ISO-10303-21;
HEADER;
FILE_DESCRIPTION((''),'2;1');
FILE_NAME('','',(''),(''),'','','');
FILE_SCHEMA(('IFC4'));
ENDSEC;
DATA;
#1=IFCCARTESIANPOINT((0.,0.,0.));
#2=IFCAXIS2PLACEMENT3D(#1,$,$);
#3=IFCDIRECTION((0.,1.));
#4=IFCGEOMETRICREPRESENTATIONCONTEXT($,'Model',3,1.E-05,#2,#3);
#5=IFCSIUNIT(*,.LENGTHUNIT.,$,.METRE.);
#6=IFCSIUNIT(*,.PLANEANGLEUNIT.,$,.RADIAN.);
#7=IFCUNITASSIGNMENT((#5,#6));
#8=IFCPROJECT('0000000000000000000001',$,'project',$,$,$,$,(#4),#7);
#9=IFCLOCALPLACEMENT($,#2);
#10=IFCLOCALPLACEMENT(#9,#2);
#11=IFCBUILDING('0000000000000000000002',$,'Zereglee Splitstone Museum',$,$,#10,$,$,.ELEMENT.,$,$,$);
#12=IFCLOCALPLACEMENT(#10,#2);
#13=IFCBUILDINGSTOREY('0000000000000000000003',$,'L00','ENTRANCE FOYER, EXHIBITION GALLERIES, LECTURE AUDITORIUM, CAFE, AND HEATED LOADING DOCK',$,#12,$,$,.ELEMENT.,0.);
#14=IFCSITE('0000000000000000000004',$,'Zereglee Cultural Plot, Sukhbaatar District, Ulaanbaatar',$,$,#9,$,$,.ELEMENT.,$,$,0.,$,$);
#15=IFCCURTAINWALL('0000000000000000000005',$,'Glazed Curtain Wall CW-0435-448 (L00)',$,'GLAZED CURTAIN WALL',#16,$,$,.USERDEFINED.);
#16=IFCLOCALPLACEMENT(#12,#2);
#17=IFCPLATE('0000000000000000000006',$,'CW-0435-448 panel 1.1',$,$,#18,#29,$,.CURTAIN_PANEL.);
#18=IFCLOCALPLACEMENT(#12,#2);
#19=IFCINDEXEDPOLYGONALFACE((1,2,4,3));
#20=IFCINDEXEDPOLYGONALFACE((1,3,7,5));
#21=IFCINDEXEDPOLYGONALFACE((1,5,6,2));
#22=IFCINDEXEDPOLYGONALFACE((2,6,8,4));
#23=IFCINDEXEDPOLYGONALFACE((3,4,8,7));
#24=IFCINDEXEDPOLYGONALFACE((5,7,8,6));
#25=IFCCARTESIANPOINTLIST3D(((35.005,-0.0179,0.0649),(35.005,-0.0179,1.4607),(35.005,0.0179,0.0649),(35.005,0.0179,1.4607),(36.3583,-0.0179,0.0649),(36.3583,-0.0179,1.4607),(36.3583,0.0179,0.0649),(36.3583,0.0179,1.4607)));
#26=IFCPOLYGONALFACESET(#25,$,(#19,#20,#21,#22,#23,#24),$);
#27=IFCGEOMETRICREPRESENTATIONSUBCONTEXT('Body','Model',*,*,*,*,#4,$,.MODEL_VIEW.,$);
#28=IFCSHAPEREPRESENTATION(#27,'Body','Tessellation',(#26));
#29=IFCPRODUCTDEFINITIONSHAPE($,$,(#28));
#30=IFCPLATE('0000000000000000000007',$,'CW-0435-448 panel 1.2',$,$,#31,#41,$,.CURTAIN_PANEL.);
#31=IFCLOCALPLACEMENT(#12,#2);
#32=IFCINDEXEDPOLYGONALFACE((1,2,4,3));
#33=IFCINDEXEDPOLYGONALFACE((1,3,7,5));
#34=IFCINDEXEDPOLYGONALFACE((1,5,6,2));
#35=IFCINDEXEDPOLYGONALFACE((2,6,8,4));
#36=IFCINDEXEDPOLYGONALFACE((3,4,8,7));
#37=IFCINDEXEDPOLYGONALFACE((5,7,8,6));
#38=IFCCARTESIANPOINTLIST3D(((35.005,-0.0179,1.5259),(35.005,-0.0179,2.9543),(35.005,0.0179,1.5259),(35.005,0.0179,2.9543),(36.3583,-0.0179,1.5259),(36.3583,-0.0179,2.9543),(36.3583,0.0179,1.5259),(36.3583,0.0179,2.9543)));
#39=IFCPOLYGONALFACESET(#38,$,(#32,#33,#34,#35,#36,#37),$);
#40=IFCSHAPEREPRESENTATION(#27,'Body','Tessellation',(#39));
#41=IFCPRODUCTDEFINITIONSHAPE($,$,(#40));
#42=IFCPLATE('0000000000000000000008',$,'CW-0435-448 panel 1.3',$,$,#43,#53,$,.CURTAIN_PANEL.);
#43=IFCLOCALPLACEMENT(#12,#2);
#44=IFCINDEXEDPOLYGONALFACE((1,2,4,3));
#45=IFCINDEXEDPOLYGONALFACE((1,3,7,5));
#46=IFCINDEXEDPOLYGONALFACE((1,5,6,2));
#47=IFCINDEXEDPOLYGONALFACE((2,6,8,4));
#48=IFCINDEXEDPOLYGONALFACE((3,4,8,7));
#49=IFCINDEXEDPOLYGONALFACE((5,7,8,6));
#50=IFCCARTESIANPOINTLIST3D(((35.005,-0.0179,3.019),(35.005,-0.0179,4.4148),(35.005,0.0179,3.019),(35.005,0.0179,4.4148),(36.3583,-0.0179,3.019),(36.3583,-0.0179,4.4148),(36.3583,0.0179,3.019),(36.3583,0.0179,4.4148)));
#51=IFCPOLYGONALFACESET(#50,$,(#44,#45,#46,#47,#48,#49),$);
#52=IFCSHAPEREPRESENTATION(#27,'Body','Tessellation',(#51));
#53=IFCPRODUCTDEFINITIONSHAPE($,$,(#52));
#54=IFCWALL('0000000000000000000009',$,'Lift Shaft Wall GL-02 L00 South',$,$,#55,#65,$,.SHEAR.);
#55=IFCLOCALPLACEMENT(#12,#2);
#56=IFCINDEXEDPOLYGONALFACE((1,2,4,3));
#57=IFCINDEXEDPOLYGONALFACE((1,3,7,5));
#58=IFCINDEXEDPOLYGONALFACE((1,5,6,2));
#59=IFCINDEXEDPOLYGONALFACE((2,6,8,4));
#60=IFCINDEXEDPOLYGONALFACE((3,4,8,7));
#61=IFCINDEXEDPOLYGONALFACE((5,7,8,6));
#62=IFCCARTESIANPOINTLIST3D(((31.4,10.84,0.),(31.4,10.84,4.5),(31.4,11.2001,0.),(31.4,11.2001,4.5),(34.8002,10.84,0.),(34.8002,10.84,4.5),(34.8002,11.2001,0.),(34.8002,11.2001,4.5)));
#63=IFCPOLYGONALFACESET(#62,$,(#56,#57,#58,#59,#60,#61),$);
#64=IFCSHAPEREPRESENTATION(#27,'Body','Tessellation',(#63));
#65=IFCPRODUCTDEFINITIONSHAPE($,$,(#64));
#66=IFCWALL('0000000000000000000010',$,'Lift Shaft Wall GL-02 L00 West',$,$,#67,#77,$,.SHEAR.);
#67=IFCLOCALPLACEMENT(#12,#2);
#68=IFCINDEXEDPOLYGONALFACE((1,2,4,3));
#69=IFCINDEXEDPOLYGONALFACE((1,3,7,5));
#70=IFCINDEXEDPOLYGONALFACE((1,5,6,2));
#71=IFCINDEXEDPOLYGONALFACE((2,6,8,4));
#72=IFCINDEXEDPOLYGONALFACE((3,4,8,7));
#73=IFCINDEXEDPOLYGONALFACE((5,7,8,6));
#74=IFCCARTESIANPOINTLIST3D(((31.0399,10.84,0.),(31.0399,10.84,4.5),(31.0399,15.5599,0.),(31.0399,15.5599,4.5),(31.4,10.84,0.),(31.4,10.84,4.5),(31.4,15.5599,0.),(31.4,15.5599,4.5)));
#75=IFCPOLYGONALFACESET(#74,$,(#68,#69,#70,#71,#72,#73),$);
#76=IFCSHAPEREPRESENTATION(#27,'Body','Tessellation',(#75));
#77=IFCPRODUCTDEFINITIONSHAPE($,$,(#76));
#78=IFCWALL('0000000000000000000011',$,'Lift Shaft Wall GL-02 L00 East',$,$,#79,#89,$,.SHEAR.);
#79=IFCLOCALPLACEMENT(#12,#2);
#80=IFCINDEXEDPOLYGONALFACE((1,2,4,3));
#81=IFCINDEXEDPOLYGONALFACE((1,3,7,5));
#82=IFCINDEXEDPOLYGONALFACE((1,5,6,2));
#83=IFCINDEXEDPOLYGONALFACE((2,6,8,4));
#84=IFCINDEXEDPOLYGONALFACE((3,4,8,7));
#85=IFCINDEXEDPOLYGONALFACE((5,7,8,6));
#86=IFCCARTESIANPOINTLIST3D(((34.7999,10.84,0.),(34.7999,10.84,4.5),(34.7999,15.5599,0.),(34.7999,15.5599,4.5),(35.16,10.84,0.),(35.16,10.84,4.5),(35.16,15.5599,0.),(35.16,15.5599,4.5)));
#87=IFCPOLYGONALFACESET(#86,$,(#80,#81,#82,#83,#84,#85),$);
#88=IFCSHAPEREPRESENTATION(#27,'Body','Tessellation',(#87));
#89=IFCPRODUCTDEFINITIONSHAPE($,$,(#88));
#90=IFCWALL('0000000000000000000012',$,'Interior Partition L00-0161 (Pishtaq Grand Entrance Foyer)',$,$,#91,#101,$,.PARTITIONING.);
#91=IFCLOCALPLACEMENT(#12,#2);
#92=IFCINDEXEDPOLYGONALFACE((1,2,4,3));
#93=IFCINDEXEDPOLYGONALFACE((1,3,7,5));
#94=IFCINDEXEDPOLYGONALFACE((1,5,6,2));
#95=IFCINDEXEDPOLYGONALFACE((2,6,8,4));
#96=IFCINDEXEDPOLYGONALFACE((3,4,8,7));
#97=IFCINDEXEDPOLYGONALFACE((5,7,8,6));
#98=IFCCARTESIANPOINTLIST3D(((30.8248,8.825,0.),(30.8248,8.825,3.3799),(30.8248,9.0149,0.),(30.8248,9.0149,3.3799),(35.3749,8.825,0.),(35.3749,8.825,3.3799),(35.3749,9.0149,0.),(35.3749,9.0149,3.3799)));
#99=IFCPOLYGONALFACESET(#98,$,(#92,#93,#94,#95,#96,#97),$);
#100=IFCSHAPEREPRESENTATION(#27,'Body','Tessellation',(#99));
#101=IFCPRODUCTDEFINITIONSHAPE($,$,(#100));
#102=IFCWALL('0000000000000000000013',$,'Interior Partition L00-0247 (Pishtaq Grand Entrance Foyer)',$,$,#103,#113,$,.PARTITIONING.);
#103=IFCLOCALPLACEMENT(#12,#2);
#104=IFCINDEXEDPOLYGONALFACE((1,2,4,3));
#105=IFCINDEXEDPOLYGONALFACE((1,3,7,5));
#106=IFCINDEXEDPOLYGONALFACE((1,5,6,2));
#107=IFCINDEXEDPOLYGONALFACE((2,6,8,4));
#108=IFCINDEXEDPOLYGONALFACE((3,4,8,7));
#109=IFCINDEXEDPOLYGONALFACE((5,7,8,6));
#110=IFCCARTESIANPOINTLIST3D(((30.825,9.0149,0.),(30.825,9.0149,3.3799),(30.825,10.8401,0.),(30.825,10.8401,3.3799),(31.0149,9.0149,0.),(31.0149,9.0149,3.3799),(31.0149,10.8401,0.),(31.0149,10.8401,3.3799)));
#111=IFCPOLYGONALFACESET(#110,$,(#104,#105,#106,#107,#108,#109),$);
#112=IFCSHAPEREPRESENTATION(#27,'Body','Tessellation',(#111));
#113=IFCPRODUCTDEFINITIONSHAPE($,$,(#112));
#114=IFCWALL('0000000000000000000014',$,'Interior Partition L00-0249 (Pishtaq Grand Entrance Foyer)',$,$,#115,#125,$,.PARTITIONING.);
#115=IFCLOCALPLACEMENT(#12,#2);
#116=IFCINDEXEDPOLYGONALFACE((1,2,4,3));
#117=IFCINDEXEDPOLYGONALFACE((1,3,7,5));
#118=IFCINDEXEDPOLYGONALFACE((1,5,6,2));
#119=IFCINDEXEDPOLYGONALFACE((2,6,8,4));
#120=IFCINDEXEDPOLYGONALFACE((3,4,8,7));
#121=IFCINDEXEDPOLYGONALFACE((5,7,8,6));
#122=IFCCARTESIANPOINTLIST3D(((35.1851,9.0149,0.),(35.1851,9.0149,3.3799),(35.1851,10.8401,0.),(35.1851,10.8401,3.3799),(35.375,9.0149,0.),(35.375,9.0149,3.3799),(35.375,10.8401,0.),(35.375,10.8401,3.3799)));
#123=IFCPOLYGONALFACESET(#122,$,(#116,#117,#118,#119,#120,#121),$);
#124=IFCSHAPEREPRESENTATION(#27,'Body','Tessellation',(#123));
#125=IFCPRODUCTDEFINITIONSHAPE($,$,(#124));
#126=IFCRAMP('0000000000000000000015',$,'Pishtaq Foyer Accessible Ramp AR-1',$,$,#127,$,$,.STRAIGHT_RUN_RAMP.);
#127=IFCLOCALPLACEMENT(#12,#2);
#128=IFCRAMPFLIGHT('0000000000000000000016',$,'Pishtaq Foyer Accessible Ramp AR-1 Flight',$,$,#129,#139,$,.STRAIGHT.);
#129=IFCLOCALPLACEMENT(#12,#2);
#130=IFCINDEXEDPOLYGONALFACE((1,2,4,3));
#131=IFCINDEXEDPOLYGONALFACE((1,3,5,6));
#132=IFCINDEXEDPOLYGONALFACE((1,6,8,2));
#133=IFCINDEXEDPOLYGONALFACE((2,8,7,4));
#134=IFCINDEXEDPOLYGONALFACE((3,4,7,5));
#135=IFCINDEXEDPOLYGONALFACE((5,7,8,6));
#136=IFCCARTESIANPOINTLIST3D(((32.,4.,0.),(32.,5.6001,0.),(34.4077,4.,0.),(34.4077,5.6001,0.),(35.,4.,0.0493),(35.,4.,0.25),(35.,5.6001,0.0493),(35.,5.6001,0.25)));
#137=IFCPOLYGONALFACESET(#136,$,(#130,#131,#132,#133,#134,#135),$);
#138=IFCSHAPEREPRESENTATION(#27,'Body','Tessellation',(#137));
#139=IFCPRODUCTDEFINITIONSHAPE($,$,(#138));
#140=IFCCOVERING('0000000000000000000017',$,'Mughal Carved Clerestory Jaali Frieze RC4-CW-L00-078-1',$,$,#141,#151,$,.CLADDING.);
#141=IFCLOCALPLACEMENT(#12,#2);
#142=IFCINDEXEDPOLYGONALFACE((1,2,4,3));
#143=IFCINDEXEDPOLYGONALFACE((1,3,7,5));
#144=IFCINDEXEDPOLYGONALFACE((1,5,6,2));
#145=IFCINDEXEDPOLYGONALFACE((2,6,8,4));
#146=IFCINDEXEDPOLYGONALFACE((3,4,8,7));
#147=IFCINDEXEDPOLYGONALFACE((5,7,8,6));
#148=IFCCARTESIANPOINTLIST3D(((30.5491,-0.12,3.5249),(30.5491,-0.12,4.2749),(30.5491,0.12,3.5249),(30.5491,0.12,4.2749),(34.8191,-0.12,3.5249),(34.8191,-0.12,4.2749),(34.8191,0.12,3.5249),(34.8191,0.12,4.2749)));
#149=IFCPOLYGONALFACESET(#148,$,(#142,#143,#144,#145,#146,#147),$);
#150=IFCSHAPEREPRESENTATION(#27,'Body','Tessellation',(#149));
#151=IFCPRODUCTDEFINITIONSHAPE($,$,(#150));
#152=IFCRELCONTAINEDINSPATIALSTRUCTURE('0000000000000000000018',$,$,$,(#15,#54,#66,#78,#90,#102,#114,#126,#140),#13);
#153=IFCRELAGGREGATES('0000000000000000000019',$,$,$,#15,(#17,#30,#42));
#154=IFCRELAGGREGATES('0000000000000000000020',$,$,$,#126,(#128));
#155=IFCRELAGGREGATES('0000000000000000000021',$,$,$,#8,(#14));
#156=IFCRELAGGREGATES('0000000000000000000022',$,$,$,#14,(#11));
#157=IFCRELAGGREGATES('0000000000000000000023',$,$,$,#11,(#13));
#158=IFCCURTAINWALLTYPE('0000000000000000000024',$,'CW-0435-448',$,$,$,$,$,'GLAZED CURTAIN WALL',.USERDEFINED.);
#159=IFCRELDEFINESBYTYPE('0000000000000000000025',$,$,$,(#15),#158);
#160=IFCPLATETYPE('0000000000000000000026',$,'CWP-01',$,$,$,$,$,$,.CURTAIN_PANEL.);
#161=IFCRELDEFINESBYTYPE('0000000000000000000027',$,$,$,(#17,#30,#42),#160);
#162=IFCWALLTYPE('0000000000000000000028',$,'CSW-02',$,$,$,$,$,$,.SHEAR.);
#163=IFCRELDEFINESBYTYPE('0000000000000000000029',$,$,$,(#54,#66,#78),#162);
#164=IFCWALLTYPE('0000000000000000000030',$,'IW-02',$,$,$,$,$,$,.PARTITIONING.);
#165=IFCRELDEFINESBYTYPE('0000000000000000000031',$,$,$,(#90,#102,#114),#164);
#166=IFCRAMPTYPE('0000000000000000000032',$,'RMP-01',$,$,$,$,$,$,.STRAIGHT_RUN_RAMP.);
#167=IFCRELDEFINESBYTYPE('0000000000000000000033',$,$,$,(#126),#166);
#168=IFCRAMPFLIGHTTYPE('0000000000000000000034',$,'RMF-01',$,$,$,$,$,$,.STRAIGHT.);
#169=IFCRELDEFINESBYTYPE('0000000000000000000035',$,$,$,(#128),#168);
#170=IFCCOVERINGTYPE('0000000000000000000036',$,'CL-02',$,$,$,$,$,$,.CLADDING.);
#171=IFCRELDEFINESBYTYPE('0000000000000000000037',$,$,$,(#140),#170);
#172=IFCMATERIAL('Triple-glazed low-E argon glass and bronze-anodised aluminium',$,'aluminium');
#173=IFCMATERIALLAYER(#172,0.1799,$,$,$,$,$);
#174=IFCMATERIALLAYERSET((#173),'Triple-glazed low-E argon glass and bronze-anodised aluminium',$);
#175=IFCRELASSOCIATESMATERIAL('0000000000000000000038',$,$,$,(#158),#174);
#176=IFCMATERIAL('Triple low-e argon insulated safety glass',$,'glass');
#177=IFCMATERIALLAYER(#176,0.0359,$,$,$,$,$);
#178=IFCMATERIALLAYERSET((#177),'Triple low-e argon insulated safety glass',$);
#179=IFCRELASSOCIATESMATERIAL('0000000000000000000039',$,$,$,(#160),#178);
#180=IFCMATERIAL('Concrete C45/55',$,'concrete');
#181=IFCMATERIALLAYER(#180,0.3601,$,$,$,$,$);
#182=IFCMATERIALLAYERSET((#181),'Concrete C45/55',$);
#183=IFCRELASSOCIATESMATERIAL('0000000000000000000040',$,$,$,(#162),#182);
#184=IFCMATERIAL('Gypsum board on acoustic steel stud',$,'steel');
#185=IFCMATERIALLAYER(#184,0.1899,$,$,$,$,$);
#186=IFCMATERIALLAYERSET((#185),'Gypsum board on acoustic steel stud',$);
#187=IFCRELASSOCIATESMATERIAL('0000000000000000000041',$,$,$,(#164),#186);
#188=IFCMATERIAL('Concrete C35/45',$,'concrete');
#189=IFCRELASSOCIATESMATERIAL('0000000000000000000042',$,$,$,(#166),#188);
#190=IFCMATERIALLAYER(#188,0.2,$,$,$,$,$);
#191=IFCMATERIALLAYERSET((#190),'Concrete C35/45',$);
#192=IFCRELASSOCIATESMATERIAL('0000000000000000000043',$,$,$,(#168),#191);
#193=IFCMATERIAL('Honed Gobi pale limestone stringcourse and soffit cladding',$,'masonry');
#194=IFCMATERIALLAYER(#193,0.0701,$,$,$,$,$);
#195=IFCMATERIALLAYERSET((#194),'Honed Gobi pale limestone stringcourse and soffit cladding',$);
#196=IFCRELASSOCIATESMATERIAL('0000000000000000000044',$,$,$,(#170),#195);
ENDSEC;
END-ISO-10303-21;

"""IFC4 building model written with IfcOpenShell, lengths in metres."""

from ifc_helpers import new_model, si_unit, direction, frame, frame_2d, origin, origin_2d, place, context, subcontext, project, spatial, polyline, rectangle, outline, extrude, material, layer, layer_set, type_object, element, aggregate, save


model = new_model("IFC4")

# Units and contexts
model_context = context("Model", 3, precision=1e-05, world=origin(), true_north=direction((0.0, 1.0)))
body_context = subcontext(model_context, "Body", "Model", "MODEL_VIEW")
ifc_project = project(units=[si_unit("LENGTHUNIT", "METRE"), si_unit("PLANEANGLEUNIT", "RADIAN")], contexts=[model_context])

# Site, building, storey
site_placement = place(None, origin())
site = spatial("IfcSite", under=ifc_project, at=site_placement, Name="Zereglee Cultural Plot, Sukhbaatar District, Ulaanbaatar", CompositionType="ELEMENT", RefElevation=0.0)
building_placement = place(site_placement, origin())
building = spatial("IfcBuilding", under=site, at=building_placement, Name="Zereglee Splitstone Museum", CompositionType="ELEMENT")
storey_placement = place(building_placement, origin())
storey = spatial("IfcBuildingStorey", under=building, at=storey_placement, Name="L00", Description="ENTRANCE FOYER, EXHIBITION GALLERIES, LECTURE AUDITORIUM, CAFE, AND HEATED LOADING DOCK", CompositionType="ELEMENT", Elevation=0.0)

# Shared definitions
ifc_material_1 = material(Name="Triple-glazed low-E argon glass and bronze-anodised aluminium", Category="aluminium")

# Curtain wall
ifc_layer_1 = layer(ifc_material_1, 0.1799)
ifc_layer_set_1 = layer_set([ifc_layer_1], Name="Triple-glazed low-E argon glass and bronze-anodised aluminium")
curtain_wall_type_1 = type_object("IfcCurtainWallType", Name="CW-0435-448", ElementType="GLAZED CURTAIN WALL", PredefinedType="USERDEFINED", material=ifc_layer_set_1)
curtain_wall_1_placement = place(storey_placement, origin())
curtain_wall_1 = element("IfcCurtainWall", 1, at=curtain_wall_1_placement, inside=storey, type_object=curtain_wall_type_1, Name="Glazed Curtain Wall CW-0435-448 (L00)", ObjectType="GLAZED CURTAIN WALL", PredefinedType="USERDEFINED")

# Plates
ifc_material_2 = material(Name="Triple low-e argon insulated safety glass", Category="glass")
ifc_layer_2 = layer(ifc_material_2, 0.0359)
ifc_layer_set_2 = layer_set([ifc_layer_2], Name="Triple low-e argon insulated safety glass")
plate_type = type_object("IfcPlateType", Name="CWP-01", PredefinedType="CURTAIN_PANEL", material=ifc_layer_set_2)
plate_1_placement = place(storey_placement, frame((35.6816, 0.0, 0.0649), z_axis=(0.0, 0.0, 1.0), x_axis=(1.0, 0.0, 0.0)))
plate_1 = element("IfcPlate", 2, at=plate_1_placement, type_object=plate_type, Name="CW-0435-448 panel 1.1", PredefinedType="CURTAIN_PANEL", context=body_context, shape_type="SweptSolid", body=[
    extrude(rectangle(XDim=1.3533, YDim=0.0359, at=origin_2d()), origin(), (0.0, 0.0, 1.0), 1.3958),
])
plate_2_placement = place(storey_placement, frame((35.6816, 0.0, 1.5259), z_axis=(0.0, 0.0, 1.0), x_axis=(1.0, 0.0, 0.0)))
plate_2 = element("IfcPlate", 3, at=plate_2_placement, type_object=plate_type, Name="CW-0435-448 panel 1.2", PredefinedType="CURTAIN_PANEL", context=body_context, shape_type="SweptSolid", body=[
    extrude(rectangle(XDim=1.3533, YDim=0.0359, at=origin_2d()), origin(), (0.0, 0.0, 1.0), 1.4285),
])
plate_3_placement = place(storey_placement, frame((35.6816, 0.0, 3.019), z_axis=(0.0, 0.0, 1.0), x_axis=(1.0, 0.0, 0.0)))
plate_3 = element("IfcPlate", 4, at=plate_3_placement, type_object=plate_type, Name="CW-0435-448 panel 1.3", PredefinedType="CURTAIN_PANEL", context=body_context, shape_type="SweptSolid", body=[
    extrude(rectangle(XDim=1.3533, YDim=0.0359, at=origin_2d()), origin(), (0.0, 0.0, 1.0), 1.3958),
])
aggregate(curtain_wall_1, [plate_1, plate_2, plate_3])

# Walls
ifc_material_3 = material(Name="Concrete C45/55", Category="concrete")
ifc_layer_3 = layer(ifc_material_3, 0.3601)
ifc_layer_set_3 = layer_set([ifc_layer_3], Name="Concrete C45/55")
wall_type_1 = type_object("IfcWallType", Name="CSW-02", PredefinedType="SHEAR", material=ifc_layer_set_3)
wall_1_placement = place(storey_placement, frame((31.3999, 11.02, 0.0), z_axis=(0.0, 0.0, 1.0), x_axis=(1.0, 0.0, 0.0)))
element("IfcWall", 5, at=wall_1_placement, inside=storey, type_object=wall_type_1, Name="Lift Shaft Wall GL-02 L00 South", PredefinedType="SHEAR", context=body_context, shape_type="SweptSolid", body=[
    extrude(rectangle(XDim=3.4001, YDim=0.3601, at=frame_2d((1.7002, 0.0))), origin(), (0.0, 0.0, 1.0), 4.5),
])
for number, where, z_axis, x_axis, name in (
    (6, (31.22, 10.8401, 0.0), (0.0, 0.0, 1.0), (0.0, 1.0, 0.0), "Lift Shaft Wall GL-02 L00 West"),
    (7, (34.98, 10.8401, 0.0), (0.0, 0.0, 1.0), (0.0, 1.0, 0.0), "Lift Shaft Wall GL-02 L00 East"),
):
    element("IfcWall", number, at=place(storey_placement, frame(where, z_axis=z_axis, x_axis=x_axis)), inside=storey, type_object=wall_type_1, Name=name, PredefinedType="SHEAR", context=body_context, shape_type="SweptSolid", body=[
        extrude(rectangle(XDim=4.72, YDim=0.3601, at=frame_2d((2.3599, 0.0))), origin(), (0.0, 0.0, 1.0), 4.5),
    ])
ifc_material_4 = material(Name="Gypsum board on acoustic steel stud", Category="steel")
ifc_layer_4 = layer(ifc_material_4, 0.1899)
ifc_layer_set_4 = layer_set([ifc_layer_4], Name="Gypsum board on acoustic steel stud")
wall_type_2 = type_object("IfcWallType", Name="IW-02", PredefinedType="PARTITIONING", material=ifc_layer_set_4)
wall_2_placement = place(storey_placement, frame((30.825, 8.9199, 0.0), z_axis=(0.0, 0.0, 1.0), x_axis=(1.0, 0.0, 0.0)))
element("IfcWall", 8, at=wall_2_placement, inside=storey, type_object=wall_type_2, Name="Interior Partition L00-0161 (Pishtaq Grand Entrance Foyer)", PredefinedType="PARTITIONING", context=body_context, shape_type="SweptSolid", body=[
    extrude(rectangle(XDim=4.55, YDim=0.1899, at=frame_2d((2.2749, 0.0))), origin(), (0.0, 0.0, 1.0), 3.3799),
])
for number, where, z_axis, x_axis, name in (
    (9, (30.9199, 9.0149, 0.0), (0.0, 0.0, 1.0), (0.0, 1.0, 0.0), "Interior Partition L00-0247 (Pishtaq Grand Entrance Foyer)"),
    (10, (35.28, 9.0149, 0.0), (0.0, 0.0, 1.0), (0.0, 1.0, 0.0), "Interior Partition L00-0249 (Pishtaq Grand Entrance Foyer)"),
):
    element("IfcWall", number, at=place(storey_placement, frame(where, z_axis=z_axis, x_axis=x_axis)), inside=storey, type_object=wall_type_2, Name=name, PredefinedType="PARTITIONING", context=body_context, shape_type="SweptSolid", body=[
        extrude(rectangle(XDim=1.8252, YDim=0.1899, at=frame_2d((0.9126, 0.0))), origin(), (0.0, 0.0, 1.0), 3.3799),
    ])

# Ramp, ramp flight
ifc_material_5 = material(Name="Concrete C35/45", Category="concrete")
ramp_type = type_object("IfcRampType", Name="RMP-01", PredefinedType="STRAIGHT_RUN_RAMP", material=ifc_material_5)
ramp_placement = place(storey_placement, origin())
ramp = element("IfcRamp", 11, at=ramp_placement, inside=storey, type_object=ramp_type, Name="Pishtaq Foyer Accessible Ramp AR-1", PredefinedType="STRAIGHT_RUN_RAMP")
ifc_layer_5 = layer(ifc_material_5, 0.2)
ifc_layer_set_5 = layer_set([ifc_layer_5], Name="Concrete C35/45")
ramp_flight_type = type_object("IfcRampFlightType", Name="RMF-01", PredefinedType="STRAIGHT", material=ifc_layer_set_5)
ramp_flight_placement = place(storey_placement, frame((32.0, 4.8, 0.0), z_axis=(0.0, 0.0, 1.0), x_axis=(1.0, 0.0, 0.0)))
ramp_flight = element("IfcRampFlight", 12, at=ramp_flight_placement, type_object=ramp_flight_type, Name="Pishtaq Foyer Accessible Ramp AR-1 Flight", PredefinedType="STRAIGHT", context=body_context, shape_type="SweptSolid", body=[
    extrude(outline(polyline([(0.0, 0.0), (3.0, 0.25), (3.0, 0.0493), (2.4077, 0.0), (0.0, 0.0)])), frame((0.0, 0.8, 0.0), z_axis=(0.0, -1.0, 0.0), x_axis=(1.0, 0.0, 0.0)), (0.0, 0.0, 1.0), 1.6001),
])
aggregate(ramp, [ramp_flight])

# Covering
ifc_material_6 = material(Name="Honed Gobi pale limestone stringcourse and soffit cladding", Category="masonry")
ifc_layer_6 = layer(ifc_material_6, 0.0701)
ifc_layer_set_6 = layer_set([ifc_layer_6], Name="Honed Gobi pale limestone stringcourse and soffit cladding")
covering_type = type_object("IfcCoveringType", Name="CL-02", PredefinedType="CLADDING", material=ifc_layer_set_6)
covering_placement = place(storey_placement, frame((32.6841, 0.0, 3.5249), z_axis=(0.0, 0.0, 1.0), x_axis=(1.0, 0.0, 0.0)))
element("IfcCovering", 13, at=covering_placement, inside=storey, type_object=covering_type, Name="Mughal Carved Clerestory Jaali Frieze RC4-CW-L00-078-1", PredefinedType="CLADDING", context=body_context, shape_type="SweptSolid", body=[
    extrude(rectangle(XDim=4.27, YDim=0.24, at=origin_2d()), origin(), (0.0, 0.0, 1.0), 0.75),
])

save(model, "model.ifc")
